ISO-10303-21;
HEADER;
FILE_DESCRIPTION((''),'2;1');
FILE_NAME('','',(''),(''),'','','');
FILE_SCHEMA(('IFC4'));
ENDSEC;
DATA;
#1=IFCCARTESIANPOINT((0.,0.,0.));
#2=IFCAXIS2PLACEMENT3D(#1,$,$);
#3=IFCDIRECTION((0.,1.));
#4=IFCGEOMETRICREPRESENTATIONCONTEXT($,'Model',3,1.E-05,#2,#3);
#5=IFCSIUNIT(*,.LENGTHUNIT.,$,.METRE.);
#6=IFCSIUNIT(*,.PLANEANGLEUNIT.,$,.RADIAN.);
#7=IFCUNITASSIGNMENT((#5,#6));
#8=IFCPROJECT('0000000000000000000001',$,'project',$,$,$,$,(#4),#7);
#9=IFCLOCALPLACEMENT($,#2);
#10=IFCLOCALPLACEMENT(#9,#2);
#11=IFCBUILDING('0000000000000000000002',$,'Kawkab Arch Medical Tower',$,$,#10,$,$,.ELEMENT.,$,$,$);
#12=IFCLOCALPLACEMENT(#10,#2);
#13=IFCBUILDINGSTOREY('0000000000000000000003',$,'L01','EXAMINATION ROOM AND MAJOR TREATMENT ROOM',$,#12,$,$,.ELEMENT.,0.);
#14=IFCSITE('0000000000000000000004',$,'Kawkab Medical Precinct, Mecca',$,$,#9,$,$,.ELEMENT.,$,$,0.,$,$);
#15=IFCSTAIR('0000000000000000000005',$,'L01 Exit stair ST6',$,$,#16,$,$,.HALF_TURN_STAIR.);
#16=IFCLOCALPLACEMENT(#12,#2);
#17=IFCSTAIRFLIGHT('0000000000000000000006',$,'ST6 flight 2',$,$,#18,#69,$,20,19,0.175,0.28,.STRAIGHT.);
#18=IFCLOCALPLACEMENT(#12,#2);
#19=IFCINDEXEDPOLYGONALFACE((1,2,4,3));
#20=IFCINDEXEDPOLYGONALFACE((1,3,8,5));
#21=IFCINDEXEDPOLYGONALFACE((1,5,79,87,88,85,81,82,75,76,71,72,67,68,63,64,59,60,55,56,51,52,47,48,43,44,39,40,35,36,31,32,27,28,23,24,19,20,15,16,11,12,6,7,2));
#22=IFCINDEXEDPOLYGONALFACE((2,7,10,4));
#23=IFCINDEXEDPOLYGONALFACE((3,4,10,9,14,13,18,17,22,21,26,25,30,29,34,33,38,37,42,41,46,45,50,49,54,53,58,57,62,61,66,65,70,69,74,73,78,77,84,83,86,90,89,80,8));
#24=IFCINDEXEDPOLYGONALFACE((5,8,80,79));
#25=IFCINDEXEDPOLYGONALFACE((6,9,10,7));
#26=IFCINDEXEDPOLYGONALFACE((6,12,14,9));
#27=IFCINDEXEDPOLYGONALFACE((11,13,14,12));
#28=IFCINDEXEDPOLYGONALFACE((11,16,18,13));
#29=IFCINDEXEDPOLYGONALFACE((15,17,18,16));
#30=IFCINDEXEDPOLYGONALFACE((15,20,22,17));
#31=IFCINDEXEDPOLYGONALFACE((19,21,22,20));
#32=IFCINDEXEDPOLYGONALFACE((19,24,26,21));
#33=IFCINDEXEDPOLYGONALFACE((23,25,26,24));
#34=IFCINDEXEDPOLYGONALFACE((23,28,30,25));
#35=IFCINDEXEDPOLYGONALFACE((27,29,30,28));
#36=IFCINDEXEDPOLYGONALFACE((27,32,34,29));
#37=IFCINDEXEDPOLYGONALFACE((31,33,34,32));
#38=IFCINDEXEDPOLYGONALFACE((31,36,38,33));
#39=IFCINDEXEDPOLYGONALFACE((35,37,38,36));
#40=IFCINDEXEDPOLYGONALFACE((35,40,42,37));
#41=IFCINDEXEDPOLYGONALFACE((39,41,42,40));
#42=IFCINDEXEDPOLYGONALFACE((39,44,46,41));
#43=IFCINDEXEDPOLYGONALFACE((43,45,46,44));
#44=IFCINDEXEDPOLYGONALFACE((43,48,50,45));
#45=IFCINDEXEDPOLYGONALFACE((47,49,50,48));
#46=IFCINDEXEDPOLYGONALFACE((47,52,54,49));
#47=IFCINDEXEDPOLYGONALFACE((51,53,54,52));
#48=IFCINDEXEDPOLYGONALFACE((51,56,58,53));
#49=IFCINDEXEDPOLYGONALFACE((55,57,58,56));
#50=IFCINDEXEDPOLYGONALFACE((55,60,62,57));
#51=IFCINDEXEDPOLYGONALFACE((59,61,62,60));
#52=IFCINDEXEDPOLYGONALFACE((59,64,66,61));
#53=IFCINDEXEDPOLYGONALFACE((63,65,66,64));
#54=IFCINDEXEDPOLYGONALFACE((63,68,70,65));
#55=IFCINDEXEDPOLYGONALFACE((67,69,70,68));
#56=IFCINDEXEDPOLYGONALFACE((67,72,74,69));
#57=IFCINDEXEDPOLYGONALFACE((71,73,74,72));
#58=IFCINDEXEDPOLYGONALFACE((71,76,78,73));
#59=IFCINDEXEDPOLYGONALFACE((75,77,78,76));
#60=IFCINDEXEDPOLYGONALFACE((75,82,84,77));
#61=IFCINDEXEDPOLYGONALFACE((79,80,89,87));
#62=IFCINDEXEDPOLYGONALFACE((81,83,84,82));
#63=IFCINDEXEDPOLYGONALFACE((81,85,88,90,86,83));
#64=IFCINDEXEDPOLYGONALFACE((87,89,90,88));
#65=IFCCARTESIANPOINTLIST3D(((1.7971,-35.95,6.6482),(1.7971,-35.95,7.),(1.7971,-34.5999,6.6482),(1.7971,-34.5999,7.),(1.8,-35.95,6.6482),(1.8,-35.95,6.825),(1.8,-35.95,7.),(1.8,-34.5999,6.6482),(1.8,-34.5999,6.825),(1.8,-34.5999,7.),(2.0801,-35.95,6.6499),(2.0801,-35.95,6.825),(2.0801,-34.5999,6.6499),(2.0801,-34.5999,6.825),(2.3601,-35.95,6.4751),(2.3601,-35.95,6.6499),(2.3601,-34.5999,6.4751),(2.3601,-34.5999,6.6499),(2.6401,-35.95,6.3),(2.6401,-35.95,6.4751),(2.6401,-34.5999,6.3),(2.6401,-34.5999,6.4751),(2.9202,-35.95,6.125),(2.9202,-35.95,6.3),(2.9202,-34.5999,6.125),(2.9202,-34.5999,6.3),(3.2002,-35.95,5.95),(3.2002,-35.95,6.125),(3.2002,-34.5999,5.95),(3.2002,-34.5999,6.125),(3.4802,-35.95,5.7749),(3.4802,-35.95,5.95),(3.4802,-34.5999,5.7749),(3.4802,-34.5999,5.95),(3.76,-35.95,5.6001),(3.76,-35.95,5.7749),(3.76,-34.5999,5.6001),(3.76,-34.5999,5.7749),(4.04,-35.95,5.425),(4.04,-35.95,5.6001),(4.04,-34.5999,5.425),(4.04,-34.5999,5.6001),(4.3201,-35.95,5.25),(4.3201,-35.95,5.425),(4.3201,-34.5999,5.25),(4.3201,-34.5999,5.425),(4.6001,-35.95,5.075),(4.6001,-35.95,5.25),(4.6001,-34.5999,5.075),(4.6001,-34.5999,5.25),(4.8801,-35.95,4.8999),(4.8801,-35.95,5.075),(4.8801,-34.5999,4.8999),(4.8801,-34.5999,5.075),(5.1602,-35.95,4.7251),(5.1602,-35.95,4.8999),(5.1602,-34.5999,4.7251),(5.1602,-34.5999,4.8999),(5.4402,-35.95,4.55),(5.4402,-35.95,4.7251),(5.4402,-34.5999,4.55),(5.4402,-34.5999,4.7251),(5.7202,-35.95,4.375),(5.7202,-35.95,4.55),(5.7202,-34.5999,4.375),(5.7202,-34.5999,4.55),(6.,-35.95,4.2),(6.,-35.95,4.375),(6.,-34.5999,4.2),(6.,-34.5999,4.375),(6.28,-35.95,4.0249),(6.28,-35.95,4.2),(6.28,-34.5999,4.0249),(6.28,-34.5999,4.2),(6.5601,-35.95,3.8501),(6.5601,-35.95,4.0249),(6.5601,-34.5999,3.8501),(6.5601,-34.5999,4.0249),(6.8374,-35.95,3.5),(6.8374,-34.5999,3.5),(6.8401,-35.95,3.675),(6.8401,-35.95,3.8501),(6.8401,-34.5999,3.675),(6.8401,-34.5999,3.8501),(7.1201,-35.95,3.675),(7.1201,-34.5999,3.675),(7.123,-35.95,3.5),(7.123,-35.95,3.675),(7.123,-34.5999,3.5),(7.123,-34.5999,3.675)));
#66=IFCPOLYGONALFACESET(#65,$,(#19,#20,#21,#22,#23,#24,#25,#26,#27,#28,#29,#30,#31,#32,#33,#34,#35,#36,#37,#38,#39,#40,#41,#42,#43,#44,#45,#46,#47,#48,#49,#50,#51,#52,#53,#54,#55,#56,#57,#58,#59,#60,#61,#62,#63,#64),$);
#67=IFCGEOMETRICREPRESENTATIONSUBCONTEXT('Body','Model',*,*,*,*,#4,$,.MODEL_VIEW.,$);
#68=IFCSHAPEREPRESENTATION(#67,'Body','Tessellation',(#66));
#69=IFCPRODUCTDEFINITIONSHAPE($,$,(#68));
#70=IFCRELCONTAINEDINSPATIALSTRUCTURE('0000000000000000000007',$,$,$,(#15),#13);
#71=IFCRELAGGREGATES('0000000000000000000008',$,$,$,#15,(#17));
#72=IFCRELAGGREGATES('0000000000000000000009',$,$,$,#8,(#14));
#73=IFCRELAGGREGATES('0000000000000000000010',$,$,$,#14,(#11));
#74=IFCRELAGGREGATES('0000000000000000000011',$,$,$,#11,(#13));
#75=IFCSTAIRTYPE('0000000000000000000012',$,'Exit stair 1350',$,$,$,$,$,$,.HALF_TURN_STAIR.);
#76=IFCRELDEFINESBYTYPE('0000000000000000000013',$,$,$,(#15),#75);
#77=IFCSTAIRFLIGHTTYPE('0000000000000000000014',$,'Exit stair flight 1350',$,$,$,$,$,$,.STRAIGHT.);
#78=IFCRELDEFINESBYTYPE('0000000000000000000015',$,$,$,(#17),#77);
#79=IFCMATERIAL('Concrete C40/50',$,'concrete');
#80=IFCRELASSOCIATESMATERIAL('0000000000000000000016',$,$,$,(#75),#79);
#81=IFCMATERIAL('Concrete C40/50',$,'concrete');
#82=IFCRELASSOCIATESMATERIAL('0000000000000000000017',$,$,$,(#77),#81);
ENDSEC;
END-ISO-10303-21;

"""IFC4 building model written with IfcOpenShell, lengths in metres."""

from ifc_helpers import new_model, si_unit, direction, frame, origin, place, context, subcontext, project, spatial, polyline, outline, extrude, material, type_object, element, aggregate, save


model = new_model("IFC4")

# Units and contexts
model_context = context("Model", 3, precision=1e-05, world=origin(), true_north=direction((0.0, 1.0)))
body_context = subcontext(model_context, "Body", "Model", "MODEL_VIEW")
ifc_project = project(units=[si_unit("LENGTHUNIT", "METRE"), si_unit("PLANEANGLEUNIT", "RADIAN")], contexts=[model_context])

# Site, building, storey
site_placement = place(None, origin())
site = spatial("IfcSite", under=ifc_project, at=site_placement, Name="Kawkab Medical Precinct, Mecca", CompositionType="ELEMENT", RefElevation=0.0)
building_placement = place(site_placement, origin())
building = spatial("IfcBuilding", under=site, at=building_placement, Name="Kawkab Arch Medical Tower", CompositionType="ELEMENT")
storey_placement = place(building_placement, origin())
storey = spatial("IfcBuildingStorey", under=building, at=storey_placement, Name="L01", Description="EXAMINATION ROOM AND MAJOR TREATMENT ROOM", CompositionType="ELEMENT", Elevation=0.0)

# Stair, stair flight
ifc_material_1 = material(Name="Concrete C40/50", Category="concrete")
stair_type = type_object("IfcStairType", Name="Exit stair 1350", PredefinedType="HALF_TURN_STAIR", material=ifc_material_1)
stair_placement = place(storey_placement, origin())
stair = element("IfcStair", 1, at=stair_placement, inside=storey, type_object=stair_type, Name="L01 Exit stair ST6", PredefinedType="HALF_TURN_STAIR")
ifc_material_2 = material(Name="Concrete C40/50", Category="concrete")
stair_flight_type = type_object("IfcStairFlightType", Name="Exit stair flight 1350", PredefinedType="STRAIGHT", material=ifc_material_2)
stair_flight_1_placement = place(storey_placement, frame((7.1201, -35.2749, 3.5), z_axis=(0.0, 0.0, 1.0), x_axis=(-1.0, 0.0, 0.0)))
stair_flight_1 = element("IfcStairFlight", 2, at=stair_flight_1_placement, type_object=stair_flight_type, Name="ST6 flight 2", NumberOfRisers=20, NumberOfTreads=19, PredefinedType="STRAIGHT", RiserHeight=0.175, TreadLength=0.28, context=body_context, shape_type="SweptSolid", body=[
    extrude(outline(polyline([(-0.0029, 0.0), (-0.0029, 0.175), (0.0, 0.175), (0.28, 0.175), (0.28, 0.3501), (0.5601, 0.3501), (0.5601, 0.5249), (0.8401, 0.5249), (0.8401, 0.7), (1.1201, 0.7), (1.1201, 0.875), (1.3999, 0.875), (1.3999, 1.05), (1.6799, 1.05), (1.6799, 1.2251), (1.96, 1.2251), (1.96, 1.3999), (2.24, 1.3999), (2.24, 1.575), (2.52, 1.575), (2.52, 1.75), (2.8, 1.75), (2.8, 1.925), (3.0801, 1.925), (3.0801, 2.1001), (3.3601, 2.1001), (3.3601, 2.2749), (3.6399, 2.2749), (3.6399, 2.45), (3.9199, 2.45), (3.9199, 2.625), (4.2, 2.625), (4.2, 2.8), (4.48, 2.8), (4.48, 2.9751), (4.76, 2.9751), (4.76, 3.1499), (5.04, 3.1499), (5.04, 3.325), (5.3201, 3.325), (5.3201, 3.5), (5.323, 3.5), (5.323, 3.1482), (5.3201, 3.1482), (0.2827, 0.0), (-0.0029, 0.0)])), frame((0.0, 0.675, 0.0), z_axis=(0.0, -1.0, 0.0), x_axis=(1.0, 0.0, 0.0)), (0.0, 0.0, 1.0), 1.3501),
])
aggregate(stair, [stair_flight_1])

save(model, "model.ifc")
